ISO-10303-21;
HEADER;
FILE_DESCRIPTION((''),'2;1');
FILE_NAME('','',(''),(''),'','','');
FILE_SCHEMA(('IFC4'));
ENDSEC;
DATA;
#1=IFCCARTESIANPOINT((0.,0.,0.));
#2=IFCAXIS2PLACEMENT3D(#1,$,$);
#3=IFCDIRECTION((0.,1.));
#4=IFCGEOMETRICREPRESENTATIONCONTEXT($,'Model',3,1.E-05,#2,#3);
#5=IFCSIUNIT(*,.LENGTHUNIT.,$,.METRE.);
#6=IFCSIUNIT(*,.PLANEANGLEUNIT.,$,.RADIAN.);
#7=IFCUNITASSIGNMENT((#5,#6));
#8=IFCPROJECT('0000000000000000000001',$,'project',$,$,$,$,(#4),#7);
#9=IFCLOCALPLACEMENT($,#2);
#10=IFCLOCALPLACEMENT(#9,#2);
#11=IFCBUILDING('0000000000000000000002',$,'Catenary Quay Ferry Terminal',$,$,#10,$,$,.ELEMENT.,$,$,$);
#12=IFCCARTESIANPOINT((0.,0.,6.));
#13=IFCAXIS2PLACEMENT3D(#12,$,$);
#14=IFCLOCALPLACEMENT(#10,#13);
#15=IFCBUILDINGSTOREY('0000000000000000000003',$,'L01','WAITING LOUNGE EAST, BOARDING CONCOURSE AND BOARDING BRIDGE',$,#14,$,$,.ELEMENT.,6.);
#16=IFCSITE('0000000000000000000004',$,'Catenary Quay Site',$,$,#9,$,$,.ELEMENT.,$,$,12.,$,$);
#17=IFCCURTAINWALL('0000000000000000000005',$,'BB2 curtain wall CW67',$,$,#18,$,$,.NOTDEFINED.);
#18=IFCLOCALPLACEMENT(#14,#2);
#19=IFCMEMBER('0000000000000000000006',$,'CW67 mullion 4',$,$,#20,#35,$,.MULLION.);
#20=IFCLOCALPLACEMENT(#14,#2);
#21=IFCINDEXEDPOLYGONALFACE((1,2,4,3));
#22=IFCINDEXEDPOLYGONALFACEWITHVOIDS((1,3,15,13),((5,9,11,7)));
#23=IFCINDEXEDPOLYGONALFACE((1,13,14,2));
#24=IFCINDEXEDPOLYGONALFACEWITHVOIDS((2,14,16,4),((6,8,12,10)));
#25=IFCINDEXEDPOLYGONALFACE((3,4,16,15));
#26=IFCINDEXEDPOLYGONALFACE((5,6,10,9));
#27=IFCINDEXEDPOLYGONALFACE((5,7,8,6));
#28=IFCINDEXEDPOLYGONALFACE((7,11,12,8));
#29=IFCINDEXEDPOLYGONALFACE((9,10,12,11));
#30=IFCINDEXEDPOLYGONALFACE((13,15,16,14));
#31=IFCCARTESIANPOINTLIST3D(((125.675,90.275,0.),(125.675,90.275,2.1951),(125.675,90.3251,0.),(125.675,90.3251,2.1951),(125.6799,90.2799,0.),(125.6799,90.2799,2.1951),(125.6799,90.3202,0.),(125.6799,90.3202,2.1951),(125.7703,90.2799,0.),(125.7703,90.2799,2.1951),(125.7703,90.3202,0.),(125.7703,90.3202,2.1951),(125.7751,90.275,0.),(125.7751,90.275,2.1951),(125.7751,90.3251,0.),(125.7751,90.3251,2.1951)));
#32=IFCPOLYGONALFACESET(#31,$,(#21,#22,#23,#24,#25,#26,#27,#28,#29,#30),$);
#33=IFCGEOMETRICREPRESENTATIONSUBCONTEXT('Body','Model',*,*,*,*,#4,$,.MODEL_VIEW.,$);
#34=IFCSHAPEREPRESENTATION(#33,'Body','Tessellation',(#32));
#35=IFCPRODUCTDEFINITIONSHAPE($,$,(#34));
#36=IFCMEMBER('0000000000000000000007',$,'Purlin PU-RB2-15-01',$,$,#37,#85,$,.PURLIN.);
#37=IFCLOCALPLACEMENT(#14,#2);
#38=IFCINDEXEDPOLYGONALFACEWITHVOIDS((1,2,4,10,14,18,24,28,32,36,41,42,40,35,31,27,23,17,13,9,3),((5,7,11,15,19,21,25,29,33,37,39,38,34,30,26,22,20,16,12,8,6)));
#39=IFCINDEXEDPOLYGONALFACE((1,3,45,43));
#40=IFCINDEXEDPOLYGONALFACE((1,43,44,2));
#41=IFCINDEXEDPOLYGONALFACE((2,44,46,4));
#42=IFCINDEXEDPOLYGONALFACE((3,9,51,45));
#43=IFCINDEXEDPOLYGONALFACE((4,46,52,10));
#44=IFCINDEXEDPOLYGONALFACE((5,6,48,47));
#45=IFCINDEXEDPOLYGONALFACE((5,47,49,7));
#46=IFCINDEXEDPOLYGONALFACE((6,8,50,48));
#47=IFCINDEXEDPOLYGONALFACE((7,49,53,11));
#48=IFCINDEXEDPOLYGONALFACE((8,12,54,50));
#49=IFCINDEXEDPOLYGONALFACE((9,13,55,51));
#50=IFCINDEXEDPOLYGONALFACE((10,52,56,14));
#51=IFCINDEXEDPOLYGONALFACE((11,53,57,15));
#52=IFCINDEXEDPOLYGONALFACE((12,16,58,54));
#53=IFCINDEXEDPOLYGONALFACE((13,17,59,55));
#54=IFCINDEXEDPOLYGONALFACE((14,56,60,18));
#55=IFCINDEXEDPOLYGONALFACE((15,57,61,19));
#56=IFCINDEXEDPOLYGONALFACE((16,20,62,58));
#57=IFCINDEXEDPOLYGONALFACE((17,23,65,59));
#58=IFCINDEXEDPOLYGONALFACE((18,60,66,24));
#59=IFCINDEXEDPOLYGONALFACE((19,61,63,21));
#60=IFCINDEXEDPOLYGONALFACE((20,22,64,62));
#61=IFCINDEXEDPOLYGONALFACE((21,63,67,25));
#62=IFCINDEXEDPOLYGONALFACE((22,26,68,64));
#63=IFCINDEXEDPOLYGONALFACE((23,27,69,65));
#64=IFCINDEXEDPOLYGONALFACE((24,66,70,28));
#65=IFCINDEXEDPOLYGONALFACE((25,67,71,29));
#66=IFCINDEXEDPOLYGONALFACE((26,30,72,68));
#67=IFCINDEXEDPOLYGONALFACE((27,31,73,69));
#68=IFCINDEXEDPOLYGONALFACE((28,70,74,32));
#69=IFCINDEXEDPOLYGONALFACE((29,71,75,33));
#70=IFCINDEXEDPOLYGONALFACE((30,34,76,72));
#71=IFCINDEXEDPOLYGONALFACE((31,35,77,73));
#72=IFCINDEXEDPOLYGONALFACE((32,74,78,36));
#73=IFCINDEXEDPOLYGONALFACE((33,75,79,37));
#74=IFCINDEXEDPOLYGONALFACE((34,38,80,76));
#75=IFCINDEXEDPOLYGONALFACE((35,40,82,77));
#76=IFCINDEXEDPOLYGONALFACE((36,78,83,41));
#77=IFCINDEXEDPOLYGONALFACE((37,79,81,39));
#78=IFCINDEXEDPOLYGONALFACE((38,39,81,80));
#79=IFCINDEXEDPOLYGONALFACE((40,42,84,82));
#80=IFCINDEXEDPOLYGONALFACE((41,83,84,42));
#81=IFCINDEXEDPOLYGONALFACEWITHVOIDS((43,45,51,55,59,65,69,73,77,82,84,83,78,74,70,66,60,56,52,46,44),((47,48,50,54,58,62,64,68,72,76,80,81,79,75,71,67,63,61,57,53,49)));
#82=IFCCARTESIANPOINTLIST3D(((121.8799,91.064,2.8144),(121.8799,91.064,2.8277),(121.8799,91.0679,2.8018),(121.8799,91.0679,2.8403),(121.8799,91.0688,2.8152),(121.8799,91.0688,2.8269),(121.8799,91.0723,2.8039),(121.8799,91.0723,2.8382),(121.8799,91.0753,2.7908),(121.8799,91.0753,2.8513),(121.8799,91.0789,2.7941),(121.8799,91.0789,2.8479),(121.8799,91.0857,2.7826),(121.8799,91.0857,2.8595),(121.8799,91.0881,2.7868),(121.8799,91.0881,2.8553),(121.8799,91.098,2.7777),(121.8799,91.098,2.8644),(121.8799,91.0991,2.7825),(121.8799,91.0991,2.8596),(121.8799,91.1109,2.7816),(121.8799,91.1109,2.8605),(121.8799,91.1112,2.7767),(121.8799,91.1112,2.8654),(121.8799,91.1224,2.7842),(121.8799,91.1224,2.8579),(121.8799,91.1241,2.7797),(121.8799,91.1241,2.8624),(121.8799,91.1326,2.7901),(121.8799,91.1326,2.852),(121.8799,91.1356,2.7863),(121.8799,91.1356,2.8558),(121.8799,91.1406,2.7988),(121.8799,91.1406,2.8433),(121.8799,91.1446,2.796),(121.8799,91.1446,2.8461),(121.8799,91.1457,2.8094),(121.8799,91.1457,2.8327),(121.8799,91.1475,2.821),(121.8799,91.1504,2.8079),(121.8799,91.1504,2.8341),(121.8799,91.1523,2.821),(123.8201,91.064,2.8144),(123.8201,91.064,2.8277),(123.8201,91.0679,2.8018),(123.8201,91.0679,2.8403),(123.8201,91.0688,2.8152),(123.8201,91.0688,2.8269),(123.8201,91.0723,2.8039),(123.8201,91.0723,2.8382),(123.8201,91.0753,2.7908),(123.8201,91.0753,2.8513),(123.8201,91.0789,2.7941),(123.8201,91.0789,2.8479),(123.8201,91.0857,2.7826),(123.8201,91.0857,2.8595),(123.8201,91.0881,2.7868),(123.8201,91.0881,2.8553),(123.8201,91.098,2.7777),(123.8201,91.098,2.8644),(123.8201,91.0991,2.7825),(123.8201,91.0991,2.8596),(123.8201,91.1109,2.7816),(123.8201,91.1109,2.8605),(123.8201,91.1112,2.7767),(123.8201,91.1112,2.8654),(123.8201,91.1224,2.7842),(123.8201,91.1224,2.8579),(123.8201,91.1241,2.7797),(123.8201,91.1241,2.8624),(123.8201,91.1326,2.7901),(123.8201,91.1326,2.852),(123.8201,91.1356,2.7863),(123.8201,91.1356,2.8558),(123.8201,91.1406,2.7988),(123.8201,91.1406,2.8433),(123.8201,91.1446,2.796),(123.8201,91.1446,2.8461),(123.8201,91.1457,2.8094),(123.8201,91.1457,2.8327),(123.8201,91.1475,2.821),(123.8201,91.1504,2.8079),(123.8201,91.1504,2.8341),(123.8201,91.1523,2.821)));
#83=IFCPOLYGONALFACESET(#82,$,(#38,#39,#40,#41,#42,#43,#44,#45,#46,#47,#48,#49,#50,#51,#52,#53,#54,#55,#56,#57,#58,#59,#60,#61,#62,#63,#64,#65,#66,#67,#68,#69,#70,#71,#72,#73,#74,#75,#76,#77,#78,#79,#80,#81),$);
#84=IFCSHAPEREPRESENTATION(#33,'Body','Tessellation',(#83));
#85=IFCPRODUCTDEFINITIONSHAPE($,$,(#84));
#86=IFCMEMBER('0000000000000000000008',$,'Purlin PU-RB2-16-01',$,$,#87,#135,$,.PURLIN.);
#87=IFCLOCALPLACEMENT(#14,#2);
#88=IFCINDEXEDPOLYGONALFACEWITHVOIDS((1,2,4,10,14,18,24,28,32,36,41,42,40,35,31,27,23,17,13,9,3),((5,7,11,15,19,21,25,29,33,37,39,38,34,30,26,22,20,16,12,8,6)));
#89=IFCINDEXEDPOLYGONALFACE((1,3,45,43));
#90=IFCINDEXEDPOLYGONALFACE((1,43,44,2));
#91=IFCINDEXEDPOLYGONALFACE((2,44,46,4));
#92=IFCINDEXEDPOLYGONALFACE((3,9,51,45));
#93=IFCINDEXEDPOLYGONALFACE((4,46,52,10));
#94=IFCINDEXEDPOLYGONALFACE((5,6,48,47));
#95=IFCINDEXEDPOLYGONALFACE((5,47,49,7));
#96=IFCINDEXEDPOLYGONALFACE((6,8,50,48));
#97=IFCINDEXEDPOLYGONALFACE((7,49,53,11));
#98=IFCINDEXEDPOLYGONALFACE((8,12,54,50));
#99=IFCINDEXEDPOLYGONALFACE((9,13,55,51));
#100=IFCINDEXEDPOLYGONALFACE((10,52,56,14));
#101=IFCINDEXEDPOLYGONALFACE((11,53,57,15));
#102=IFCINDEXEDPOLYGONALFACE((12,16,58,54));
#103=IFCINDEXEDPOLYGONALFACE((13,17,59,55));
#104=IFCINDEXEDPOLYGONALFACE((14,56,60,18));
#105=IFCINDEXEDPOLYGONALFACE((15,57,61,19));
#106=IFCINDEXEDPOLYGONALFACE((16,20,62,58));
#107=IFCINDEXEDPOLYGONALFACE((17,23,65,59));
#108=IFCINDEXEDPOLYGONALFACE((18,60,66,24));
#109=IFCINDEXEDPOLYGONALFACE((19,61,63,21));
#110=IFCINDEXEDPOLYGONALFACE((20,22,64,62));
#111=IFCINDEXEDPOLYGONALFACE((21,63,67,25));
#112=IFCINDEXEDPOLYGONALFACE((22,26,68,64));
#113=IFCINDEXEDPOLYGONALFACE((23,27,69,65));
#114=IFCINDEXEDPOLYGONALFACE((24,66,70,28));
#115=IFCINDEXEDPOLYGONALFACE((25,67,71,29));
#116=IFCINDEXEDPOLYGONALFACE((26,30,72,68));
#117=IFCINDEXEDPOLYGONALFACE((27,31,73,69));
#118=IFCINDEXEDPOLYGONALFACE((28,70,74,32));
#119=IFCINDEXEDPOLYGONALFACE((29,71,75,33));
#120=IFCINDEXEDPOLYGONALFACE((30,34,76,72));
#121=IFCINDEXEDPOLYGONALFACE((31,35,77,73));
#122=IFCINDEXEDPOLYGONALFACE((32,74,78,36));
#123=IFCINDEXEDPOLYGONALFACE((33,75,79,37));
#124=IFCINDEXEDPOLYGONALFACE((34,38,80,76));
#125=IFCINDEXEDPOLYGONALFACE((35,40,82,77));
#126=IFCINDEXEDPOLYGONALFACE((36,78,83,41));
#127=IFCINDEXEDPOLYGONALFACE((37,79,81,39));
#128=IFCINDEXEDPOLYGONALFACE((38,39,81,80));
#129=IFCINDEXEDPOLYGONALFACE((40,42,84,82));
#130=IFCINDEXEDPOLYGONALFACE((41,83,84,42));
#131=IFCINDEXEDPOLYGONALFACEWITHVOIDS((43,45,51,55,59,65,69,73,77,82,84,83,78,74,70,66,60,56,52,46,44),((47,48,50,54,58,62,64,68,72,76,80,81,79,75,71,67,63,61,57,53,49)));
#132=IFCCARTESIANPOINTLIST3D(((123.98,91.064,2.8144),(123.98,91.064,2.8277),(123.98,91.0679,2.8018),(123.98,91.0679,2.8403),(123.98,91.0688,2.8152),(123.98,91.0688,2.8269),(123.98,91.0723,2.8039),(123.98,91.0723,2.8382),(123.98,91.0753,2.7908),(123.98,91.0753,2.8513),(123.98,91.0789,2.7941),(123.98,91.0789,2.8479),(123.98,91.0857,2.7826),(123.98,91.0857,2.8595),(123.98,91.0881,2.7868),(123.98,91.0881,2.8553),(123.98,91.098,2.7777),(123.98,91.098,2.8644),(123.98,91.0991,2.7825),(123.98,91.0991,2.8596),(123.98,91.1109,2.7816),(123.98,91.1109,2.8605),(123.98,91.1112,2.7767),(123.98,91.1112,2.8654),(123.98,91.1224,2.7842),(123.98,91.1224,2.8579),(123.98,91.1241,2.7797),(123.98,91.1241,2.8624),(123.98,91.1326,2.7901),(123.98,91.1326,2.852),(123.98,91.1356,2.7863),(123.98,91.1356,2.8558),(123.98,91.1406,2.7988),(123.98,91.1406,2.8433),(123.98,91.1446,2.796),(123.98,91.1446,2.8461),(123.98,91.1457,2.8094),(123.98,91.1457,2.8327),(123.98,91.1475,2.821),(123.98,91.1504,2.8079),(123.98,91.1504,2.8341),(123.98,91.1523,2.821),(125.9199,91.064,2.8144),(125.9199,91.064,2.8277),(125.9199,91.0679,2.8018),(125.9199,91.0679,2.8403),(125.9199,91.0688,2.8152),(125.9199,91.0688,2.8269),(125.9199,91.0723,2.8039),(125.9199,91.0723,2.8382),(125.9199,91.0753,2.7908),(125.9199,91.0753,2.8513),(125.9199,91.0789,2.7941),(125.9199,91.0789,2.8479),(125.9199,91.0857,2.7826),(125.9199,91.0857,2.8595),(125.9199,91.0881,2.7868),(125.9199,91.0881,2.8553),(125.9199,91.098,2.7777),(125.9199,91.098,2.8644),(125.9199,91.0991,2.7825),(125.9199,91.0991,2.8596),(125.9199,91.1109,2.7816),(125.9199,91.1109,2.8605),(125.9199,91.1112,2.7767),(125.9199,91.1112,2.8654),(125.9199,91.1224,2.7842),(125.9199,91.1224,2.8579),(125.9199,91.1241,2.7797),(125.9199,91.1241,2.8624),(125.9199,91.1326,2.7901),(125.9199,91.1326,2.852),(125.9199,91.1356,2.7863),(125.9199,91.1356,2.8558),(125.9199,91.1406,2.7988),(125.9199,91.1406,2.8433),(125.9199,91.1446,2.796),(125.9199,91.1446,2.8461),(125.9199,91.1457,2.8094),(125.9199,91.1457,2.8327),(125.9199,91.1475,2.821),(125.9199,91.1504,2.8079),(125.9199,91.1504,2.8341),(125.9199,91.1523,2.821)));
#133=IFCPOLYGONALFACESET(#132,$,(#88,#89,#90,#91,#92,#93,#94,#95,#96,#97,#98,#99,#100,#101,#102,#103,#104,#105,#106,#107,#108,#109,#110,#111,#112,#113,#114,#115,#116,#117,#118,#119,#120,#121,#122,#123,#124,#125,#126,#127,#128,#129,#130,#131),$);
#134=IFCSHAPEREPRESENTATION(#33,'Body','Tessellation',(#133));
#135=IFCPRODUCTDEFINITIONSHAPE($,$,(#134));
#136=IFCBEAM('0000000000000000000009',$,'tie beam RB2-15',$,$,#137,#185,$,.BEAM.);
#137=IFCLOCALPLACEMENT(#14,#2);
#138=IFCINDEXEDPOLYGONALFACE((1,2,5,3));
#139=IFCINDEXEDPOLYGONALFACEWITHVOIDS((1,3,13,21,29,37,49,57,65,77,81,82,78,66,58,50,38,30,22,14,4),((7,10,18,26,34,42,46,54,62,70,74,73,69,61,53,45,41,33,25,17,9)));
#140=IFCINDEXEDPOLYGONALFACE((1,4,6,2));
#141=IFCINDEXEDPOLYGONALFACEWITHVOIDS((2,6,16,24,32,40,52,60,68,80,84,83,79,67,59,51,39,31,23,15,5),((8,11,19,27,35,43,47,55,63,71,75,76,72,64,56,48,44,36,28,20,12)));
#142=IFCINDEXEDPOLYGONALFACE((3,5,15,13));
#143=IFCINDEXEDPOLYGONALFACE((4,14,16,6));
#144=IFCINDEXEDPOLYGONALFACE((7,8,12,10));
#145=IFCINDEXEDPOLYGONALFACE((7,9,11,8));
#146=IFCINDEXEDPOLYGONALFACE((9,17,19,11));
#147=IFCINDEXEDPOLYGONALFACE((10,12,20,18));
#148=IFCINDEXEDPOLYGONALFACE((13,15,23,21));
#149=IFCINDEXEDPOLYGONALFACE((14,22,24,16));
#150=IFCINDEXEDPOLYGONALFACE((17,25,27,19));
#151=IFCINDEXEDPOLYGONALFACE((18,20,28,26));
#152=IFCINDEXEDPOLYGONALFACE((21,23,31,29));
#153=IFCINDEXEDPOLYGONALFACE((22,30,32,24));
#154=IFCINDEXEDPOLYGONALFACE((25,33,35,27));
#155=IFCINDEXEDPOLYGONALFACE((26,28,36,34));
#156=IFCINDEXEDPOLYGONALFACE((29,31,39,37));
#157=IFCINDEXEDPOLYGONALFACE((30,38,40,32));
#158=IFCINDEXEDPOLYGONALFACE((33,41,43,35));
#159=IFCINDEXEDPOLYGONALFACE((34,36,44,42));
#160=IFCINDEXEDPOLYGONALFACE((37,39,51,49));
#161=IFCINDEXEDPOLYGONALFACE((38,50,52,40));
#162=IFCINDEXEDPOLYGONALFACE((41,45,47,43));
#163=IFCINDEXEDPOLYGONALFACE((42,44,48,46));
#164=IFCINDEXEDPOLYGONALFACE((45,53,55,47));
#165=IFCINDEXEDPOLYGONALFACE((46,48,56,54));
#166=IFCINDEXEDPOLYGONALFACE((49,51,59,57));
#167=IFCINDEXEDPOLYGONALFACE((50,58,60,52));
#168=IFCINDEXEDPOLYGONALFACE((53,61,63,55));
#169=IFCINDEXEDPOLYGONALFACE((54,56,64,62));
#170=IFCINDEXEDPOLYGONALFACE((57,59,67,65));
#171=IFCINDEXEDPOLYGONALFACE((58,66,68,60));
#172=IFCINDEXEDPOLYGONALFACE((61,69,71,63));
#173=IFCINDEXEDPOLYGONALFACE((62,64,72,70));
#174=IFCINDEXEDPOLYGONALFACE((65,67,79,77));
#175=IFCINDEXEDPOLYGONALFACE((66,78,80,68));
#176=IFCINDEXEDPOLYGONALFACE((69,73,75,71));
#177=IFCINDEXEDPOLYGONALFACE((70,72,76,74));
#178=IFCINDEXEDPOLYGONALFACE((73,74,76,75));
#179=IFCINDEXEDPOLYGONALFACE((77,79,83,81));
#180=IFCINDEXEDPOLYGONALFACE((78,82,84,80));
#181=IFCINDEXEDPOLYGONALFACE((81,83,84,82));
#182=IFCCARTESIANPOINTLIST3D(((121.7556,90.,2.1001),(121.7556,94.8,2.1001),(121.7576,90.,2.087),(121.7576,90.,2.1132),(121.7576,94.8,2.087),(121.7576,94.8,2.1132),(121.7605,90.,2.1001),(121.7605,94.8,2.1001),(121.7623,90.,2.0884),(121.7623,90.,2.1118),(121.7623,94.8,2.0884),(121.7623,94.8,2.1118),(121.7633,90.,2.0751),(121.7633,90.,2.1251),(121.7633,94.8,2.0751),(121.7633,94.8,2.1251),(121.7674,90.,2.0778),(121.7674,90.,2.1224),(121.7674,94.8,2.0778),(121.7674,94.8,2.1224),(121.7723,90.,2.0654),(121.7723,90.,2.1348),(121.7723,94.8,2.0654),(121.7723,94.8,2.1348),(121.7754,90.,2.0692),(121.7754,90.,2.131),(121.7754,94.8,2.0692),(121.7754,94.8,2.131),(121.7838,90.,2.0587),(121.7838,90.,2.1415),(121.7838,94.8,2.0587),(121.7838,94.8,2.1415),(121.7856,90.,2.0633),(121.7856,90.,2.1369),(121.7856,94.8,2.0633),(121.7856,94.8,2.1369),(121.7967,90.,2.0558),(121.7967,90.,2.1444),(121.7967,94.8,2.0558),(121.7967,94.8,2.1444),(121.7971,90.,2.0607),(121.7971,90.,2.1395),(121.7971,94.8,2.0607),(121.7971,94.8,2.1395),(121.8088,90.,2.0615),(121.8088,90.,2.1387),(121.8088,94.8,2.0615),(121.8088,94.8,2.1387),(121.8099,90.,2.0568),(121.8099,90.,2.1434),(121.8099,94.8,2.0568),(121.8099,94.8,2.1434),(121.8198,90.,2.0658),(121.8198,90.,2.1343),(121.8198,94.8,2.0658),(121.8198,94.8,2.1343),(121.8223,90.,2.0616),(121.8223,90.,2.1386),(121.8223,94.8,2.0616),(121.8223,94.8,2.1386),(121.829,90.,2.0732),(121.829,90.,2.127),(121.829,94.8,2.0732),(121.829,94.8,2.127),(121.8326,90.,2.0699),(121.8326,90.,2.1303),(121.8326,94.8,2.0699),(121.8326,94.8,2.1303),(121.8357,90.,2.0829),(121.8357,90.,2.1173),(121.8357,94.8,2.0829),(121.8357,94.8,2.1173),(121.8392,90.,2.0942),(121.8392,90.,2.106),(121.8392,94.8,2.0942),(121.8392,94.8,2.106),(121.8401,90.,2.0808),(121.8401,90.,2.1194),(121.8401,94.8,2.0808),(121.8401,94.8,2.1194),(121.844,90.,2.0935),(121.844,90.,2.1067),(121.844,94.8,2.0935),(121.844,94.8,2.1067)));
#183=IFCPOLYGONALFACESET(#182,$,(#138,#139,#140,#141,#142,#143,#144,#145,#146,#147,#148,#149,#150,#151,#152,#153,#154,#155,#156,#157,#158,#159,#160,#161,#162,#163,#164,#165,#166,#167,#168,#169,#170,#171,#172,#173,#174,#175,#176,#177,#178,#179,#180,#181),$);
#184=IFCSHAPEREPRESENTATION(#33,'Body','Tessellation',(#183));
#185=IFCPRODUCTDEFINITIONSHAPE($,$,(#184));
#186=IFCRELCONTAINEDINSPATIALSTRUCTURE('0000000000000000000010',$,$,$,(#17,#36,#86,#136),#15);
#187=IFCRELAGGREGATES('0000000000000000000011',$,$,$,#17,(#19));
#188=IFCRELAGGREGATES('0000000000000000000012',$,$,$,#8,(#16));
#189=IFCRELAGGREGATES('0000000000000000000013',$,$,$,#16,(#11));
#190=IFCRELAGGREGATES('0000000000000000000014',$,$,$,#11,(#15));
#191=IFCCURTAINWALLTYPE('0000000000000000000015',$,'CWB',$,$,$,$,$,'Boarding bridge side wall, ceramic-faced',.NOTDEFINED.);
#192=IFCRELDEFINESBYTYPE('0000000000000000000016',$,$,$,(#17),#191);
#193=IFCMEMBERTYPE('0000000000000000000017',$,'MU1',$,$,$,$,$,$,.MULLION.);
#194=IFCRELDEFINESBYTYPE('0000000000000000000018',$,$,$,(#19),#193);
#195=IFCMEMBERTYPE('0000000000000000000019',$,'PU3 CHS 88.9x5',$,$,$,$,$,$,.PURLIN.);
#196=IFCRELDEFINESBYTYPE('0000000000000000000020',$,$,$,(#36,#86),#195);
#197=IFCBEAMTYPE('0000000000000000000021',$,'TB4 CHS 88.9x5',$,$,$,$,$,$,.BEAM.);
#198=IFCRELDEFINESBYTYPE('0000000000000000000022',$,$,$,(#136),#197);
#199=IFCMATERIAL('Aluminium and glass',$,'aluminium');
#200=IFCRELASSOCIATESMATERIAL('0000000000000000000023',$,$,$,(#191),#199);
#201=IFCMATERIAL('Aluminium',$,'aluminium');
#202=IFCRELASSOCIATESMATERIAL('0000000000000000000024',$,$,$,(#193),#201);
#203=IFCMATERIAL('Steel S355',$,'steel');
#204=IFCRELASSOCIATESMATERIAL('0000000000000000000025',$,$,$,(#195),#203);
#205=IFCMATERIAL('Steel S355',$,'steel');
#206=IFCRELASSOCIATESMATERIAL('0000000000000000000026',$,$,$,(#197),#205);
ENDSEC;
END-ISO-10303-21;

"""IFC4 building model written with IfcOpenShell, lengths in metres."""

from ifc_helpers import new_model, si_unit, direction, frame, origin, origin_2d, place, context, subcontext, project, spatial, hollow_rectangle, hollow_circle, extrude, material, material_profile, profile_set, type_object, element, aggregate, save


model = new_model("IFC4")

# Units and contexts
model_context = context("Model", 3, precision=1e-05, world=origin(), true_north=direction((0.0, 1.0)))
body_context = subcontext(model_context, "Body", "Model", "MODEL_VIEW")
ifc_project = project(units=[si_unit("LENGTHUNIT", "METRE"), si_unit("PLANEANGLEUNIT", "RADIAN")], contexts=[model_context])

# Site, building, storey
site_placement = place(None, origin())
site = spatial("IfcSite", under=ifc_project, at=site_placement, Name="Catenary Quay Site", CompositionType="ELEMENT", RefElevation=12.0)
building_placement = place(site_placement, origin())
building = spatial("IfcBuilding", under=site, at=building_placement, Name="Catenary Quay Ferry Terminal", CompositionType="ELEMENT")
storey_placement = place(building_placement, frame((0.0, 0.0, 6.0)))
storey = spatial("IfcBuildingStorey", under=building, at=storey_placement, Name="L01", Description="WAITING LOUNGE EAST, BOARDING CONCOURSE AND BOARDING BRIDGE", CompositionType="ELEMENT", Elevation=6.0)

# Curtain wall, member
ifc_material_1 = material(Name="Aluminium and glass", Category="aluminium")
curtain_wall_type = type_object("IfcCurtainWallType", Name="CWB", ElementType="Boarding bridge side wall, ceramic-faced", PredefinedType="NOTDEFINED", material=ifc_material_1)
curtain_wall_placement = place(storey_placement, origin())
curtain_wall = element("IfcCurtainWall", 1, at=curtain_wall_placement, inside=storey, type_object=curtain_wall_type, Name="BB2 curtain wall CW67", PredefinedType="NOTDEFINED")
ifc_material_2 = material(Name="Aluminium", Category="aluminium")
ifc_material_profile_1 = material_profile(ifc_material_2, hollow_rectangle(XDim=0.05, YDim=0.1001, WallThickness=0.0049, at=origin_2d()), Name="MU1")
ifc_profile_set_1 = profile_set([ifc_material_profile_1], Name="Aluminium")
member_type_1 = type_object("IfcMemberType", Name="MU1", PredefinedType="MULLION", material=ifc_profile_set_1)
member_1_placement = place(storey_placement, frame((125.7251, 90.3, 0.0), z_axis=(0.0, 0.0, 1.0), x_axis=(0.0, 1.0, 0.0)))
member_1 = element("IfcMember", 2, at=member_1_placement, type_object=member_type_1, Name="CW67 mullion 4", PredefinedType="MULLION", context=body_context, shape_type="SweptSolid", body=[
    extrude(hollow_rectangle(XDim=0.05, YDim=0.1001, WallThickness=0.0049, at=origin_2d()), origin(), (0.0, 0.0, 1.0), 2.1951),
])

# Members
ifc_material_3 = material(Name="Steel S355", Category="steel")
ifc_material_profile_2 = material_profile(ifc_material_3, hollow_circle(Radius=0.0444, WallThickness=0.0049, at=origin_2d()), Name="CHS 88.9x5")
ifc_profile_set_2 = profile_set([ifc_material_profile_2], Name="Steel S355")
member_type_2 = type_object("IfcMemberType", Name="PU3 CHS 88.9x5", PredefinedType="PURLIN", material=ifc_profile_set_2)
member_2_placement = place(storey_placement, frame((121.8799, 91.1079, 2.821), z_axis=(1.0, 0.0, 0.0), x_axis=(0.0, 1.0, 0.0)))
element("IfcMember", 3, at=member_2_placement, inside=storey, type_object=member_type_2, Name="Purlin PU-RB2-15-01", PredefinedType="PURLIN", context=body_context, shape_type="SweptSolid", body=[
    extrude(hollow_circle(Radius=0.0444, WallThickness=0.0049, at=origin_2d()), origin(), (0.0, 0.0, 1.0), 1.9402),
])
member_3_placement = place(storey_placement, frame((123.98, 91.1079, 2.821), z_axis=(1.0, 0.0, 0.0), x_axis=(0.0, 1.0, 0.0)))
element("IfcMember", 4, at=member_3_placement, inside=storey, type_object=member_type_2, Name="Purlin PU-RB2-16-01", PredefinedType="PURLIN", context=body_context, shape_type="SweptSolid", body=[
    extrude(hollow_circle(Radius=0.0444, WallThickness=0.0049, at=origin_2d()), origin(), (0.0, 0.0, 1.0), 1.9399),
])

# Beam
ifc_material_4 = material(Name="Steel S355", Category="steel")
ifc_material_profile_3 = material_profile(ifc_material_4, hollow_circle(Radius=0.0444, WallThickness=0.0049, at=origin_2d()), Name="CHS 88.9x5")
ifc_profile_set_3 = profile_set([ifc_material_profile_3], Name="Steel S355")
beam_type_1 = type_object("IfcBeamType", Name="TB4 CHS 88.9x5", PredefinedType="BEAM", material=ifc_profile_set_3)
for number, where, z_axis, x_axis, name in (
    (5, (121.8, 90.0, 2.1001), (0.0, 1.0, 0.0), (-1.0, 0.0, 0.0), "tie beam RB2-15"),
):
    element("IfcBeam", number, at=place(storey_placement, frame(where, z_axis=z_axis, x_axis=x_axis)), inside=storey, type_object=beam_type_1, Name=name, PredefinedType="BEAM", context=body_context, shape_type="SweptSolid", body=[
        extrude(hollow_circle(Radius=0.0444, WallThickness=0.0049, at=origin_2d()), origin(), (0.0, 0.0, 1.0), 4.8),
    ])

aggregate(curtain_wall, [member_1])

save(model, "model.ifc")
